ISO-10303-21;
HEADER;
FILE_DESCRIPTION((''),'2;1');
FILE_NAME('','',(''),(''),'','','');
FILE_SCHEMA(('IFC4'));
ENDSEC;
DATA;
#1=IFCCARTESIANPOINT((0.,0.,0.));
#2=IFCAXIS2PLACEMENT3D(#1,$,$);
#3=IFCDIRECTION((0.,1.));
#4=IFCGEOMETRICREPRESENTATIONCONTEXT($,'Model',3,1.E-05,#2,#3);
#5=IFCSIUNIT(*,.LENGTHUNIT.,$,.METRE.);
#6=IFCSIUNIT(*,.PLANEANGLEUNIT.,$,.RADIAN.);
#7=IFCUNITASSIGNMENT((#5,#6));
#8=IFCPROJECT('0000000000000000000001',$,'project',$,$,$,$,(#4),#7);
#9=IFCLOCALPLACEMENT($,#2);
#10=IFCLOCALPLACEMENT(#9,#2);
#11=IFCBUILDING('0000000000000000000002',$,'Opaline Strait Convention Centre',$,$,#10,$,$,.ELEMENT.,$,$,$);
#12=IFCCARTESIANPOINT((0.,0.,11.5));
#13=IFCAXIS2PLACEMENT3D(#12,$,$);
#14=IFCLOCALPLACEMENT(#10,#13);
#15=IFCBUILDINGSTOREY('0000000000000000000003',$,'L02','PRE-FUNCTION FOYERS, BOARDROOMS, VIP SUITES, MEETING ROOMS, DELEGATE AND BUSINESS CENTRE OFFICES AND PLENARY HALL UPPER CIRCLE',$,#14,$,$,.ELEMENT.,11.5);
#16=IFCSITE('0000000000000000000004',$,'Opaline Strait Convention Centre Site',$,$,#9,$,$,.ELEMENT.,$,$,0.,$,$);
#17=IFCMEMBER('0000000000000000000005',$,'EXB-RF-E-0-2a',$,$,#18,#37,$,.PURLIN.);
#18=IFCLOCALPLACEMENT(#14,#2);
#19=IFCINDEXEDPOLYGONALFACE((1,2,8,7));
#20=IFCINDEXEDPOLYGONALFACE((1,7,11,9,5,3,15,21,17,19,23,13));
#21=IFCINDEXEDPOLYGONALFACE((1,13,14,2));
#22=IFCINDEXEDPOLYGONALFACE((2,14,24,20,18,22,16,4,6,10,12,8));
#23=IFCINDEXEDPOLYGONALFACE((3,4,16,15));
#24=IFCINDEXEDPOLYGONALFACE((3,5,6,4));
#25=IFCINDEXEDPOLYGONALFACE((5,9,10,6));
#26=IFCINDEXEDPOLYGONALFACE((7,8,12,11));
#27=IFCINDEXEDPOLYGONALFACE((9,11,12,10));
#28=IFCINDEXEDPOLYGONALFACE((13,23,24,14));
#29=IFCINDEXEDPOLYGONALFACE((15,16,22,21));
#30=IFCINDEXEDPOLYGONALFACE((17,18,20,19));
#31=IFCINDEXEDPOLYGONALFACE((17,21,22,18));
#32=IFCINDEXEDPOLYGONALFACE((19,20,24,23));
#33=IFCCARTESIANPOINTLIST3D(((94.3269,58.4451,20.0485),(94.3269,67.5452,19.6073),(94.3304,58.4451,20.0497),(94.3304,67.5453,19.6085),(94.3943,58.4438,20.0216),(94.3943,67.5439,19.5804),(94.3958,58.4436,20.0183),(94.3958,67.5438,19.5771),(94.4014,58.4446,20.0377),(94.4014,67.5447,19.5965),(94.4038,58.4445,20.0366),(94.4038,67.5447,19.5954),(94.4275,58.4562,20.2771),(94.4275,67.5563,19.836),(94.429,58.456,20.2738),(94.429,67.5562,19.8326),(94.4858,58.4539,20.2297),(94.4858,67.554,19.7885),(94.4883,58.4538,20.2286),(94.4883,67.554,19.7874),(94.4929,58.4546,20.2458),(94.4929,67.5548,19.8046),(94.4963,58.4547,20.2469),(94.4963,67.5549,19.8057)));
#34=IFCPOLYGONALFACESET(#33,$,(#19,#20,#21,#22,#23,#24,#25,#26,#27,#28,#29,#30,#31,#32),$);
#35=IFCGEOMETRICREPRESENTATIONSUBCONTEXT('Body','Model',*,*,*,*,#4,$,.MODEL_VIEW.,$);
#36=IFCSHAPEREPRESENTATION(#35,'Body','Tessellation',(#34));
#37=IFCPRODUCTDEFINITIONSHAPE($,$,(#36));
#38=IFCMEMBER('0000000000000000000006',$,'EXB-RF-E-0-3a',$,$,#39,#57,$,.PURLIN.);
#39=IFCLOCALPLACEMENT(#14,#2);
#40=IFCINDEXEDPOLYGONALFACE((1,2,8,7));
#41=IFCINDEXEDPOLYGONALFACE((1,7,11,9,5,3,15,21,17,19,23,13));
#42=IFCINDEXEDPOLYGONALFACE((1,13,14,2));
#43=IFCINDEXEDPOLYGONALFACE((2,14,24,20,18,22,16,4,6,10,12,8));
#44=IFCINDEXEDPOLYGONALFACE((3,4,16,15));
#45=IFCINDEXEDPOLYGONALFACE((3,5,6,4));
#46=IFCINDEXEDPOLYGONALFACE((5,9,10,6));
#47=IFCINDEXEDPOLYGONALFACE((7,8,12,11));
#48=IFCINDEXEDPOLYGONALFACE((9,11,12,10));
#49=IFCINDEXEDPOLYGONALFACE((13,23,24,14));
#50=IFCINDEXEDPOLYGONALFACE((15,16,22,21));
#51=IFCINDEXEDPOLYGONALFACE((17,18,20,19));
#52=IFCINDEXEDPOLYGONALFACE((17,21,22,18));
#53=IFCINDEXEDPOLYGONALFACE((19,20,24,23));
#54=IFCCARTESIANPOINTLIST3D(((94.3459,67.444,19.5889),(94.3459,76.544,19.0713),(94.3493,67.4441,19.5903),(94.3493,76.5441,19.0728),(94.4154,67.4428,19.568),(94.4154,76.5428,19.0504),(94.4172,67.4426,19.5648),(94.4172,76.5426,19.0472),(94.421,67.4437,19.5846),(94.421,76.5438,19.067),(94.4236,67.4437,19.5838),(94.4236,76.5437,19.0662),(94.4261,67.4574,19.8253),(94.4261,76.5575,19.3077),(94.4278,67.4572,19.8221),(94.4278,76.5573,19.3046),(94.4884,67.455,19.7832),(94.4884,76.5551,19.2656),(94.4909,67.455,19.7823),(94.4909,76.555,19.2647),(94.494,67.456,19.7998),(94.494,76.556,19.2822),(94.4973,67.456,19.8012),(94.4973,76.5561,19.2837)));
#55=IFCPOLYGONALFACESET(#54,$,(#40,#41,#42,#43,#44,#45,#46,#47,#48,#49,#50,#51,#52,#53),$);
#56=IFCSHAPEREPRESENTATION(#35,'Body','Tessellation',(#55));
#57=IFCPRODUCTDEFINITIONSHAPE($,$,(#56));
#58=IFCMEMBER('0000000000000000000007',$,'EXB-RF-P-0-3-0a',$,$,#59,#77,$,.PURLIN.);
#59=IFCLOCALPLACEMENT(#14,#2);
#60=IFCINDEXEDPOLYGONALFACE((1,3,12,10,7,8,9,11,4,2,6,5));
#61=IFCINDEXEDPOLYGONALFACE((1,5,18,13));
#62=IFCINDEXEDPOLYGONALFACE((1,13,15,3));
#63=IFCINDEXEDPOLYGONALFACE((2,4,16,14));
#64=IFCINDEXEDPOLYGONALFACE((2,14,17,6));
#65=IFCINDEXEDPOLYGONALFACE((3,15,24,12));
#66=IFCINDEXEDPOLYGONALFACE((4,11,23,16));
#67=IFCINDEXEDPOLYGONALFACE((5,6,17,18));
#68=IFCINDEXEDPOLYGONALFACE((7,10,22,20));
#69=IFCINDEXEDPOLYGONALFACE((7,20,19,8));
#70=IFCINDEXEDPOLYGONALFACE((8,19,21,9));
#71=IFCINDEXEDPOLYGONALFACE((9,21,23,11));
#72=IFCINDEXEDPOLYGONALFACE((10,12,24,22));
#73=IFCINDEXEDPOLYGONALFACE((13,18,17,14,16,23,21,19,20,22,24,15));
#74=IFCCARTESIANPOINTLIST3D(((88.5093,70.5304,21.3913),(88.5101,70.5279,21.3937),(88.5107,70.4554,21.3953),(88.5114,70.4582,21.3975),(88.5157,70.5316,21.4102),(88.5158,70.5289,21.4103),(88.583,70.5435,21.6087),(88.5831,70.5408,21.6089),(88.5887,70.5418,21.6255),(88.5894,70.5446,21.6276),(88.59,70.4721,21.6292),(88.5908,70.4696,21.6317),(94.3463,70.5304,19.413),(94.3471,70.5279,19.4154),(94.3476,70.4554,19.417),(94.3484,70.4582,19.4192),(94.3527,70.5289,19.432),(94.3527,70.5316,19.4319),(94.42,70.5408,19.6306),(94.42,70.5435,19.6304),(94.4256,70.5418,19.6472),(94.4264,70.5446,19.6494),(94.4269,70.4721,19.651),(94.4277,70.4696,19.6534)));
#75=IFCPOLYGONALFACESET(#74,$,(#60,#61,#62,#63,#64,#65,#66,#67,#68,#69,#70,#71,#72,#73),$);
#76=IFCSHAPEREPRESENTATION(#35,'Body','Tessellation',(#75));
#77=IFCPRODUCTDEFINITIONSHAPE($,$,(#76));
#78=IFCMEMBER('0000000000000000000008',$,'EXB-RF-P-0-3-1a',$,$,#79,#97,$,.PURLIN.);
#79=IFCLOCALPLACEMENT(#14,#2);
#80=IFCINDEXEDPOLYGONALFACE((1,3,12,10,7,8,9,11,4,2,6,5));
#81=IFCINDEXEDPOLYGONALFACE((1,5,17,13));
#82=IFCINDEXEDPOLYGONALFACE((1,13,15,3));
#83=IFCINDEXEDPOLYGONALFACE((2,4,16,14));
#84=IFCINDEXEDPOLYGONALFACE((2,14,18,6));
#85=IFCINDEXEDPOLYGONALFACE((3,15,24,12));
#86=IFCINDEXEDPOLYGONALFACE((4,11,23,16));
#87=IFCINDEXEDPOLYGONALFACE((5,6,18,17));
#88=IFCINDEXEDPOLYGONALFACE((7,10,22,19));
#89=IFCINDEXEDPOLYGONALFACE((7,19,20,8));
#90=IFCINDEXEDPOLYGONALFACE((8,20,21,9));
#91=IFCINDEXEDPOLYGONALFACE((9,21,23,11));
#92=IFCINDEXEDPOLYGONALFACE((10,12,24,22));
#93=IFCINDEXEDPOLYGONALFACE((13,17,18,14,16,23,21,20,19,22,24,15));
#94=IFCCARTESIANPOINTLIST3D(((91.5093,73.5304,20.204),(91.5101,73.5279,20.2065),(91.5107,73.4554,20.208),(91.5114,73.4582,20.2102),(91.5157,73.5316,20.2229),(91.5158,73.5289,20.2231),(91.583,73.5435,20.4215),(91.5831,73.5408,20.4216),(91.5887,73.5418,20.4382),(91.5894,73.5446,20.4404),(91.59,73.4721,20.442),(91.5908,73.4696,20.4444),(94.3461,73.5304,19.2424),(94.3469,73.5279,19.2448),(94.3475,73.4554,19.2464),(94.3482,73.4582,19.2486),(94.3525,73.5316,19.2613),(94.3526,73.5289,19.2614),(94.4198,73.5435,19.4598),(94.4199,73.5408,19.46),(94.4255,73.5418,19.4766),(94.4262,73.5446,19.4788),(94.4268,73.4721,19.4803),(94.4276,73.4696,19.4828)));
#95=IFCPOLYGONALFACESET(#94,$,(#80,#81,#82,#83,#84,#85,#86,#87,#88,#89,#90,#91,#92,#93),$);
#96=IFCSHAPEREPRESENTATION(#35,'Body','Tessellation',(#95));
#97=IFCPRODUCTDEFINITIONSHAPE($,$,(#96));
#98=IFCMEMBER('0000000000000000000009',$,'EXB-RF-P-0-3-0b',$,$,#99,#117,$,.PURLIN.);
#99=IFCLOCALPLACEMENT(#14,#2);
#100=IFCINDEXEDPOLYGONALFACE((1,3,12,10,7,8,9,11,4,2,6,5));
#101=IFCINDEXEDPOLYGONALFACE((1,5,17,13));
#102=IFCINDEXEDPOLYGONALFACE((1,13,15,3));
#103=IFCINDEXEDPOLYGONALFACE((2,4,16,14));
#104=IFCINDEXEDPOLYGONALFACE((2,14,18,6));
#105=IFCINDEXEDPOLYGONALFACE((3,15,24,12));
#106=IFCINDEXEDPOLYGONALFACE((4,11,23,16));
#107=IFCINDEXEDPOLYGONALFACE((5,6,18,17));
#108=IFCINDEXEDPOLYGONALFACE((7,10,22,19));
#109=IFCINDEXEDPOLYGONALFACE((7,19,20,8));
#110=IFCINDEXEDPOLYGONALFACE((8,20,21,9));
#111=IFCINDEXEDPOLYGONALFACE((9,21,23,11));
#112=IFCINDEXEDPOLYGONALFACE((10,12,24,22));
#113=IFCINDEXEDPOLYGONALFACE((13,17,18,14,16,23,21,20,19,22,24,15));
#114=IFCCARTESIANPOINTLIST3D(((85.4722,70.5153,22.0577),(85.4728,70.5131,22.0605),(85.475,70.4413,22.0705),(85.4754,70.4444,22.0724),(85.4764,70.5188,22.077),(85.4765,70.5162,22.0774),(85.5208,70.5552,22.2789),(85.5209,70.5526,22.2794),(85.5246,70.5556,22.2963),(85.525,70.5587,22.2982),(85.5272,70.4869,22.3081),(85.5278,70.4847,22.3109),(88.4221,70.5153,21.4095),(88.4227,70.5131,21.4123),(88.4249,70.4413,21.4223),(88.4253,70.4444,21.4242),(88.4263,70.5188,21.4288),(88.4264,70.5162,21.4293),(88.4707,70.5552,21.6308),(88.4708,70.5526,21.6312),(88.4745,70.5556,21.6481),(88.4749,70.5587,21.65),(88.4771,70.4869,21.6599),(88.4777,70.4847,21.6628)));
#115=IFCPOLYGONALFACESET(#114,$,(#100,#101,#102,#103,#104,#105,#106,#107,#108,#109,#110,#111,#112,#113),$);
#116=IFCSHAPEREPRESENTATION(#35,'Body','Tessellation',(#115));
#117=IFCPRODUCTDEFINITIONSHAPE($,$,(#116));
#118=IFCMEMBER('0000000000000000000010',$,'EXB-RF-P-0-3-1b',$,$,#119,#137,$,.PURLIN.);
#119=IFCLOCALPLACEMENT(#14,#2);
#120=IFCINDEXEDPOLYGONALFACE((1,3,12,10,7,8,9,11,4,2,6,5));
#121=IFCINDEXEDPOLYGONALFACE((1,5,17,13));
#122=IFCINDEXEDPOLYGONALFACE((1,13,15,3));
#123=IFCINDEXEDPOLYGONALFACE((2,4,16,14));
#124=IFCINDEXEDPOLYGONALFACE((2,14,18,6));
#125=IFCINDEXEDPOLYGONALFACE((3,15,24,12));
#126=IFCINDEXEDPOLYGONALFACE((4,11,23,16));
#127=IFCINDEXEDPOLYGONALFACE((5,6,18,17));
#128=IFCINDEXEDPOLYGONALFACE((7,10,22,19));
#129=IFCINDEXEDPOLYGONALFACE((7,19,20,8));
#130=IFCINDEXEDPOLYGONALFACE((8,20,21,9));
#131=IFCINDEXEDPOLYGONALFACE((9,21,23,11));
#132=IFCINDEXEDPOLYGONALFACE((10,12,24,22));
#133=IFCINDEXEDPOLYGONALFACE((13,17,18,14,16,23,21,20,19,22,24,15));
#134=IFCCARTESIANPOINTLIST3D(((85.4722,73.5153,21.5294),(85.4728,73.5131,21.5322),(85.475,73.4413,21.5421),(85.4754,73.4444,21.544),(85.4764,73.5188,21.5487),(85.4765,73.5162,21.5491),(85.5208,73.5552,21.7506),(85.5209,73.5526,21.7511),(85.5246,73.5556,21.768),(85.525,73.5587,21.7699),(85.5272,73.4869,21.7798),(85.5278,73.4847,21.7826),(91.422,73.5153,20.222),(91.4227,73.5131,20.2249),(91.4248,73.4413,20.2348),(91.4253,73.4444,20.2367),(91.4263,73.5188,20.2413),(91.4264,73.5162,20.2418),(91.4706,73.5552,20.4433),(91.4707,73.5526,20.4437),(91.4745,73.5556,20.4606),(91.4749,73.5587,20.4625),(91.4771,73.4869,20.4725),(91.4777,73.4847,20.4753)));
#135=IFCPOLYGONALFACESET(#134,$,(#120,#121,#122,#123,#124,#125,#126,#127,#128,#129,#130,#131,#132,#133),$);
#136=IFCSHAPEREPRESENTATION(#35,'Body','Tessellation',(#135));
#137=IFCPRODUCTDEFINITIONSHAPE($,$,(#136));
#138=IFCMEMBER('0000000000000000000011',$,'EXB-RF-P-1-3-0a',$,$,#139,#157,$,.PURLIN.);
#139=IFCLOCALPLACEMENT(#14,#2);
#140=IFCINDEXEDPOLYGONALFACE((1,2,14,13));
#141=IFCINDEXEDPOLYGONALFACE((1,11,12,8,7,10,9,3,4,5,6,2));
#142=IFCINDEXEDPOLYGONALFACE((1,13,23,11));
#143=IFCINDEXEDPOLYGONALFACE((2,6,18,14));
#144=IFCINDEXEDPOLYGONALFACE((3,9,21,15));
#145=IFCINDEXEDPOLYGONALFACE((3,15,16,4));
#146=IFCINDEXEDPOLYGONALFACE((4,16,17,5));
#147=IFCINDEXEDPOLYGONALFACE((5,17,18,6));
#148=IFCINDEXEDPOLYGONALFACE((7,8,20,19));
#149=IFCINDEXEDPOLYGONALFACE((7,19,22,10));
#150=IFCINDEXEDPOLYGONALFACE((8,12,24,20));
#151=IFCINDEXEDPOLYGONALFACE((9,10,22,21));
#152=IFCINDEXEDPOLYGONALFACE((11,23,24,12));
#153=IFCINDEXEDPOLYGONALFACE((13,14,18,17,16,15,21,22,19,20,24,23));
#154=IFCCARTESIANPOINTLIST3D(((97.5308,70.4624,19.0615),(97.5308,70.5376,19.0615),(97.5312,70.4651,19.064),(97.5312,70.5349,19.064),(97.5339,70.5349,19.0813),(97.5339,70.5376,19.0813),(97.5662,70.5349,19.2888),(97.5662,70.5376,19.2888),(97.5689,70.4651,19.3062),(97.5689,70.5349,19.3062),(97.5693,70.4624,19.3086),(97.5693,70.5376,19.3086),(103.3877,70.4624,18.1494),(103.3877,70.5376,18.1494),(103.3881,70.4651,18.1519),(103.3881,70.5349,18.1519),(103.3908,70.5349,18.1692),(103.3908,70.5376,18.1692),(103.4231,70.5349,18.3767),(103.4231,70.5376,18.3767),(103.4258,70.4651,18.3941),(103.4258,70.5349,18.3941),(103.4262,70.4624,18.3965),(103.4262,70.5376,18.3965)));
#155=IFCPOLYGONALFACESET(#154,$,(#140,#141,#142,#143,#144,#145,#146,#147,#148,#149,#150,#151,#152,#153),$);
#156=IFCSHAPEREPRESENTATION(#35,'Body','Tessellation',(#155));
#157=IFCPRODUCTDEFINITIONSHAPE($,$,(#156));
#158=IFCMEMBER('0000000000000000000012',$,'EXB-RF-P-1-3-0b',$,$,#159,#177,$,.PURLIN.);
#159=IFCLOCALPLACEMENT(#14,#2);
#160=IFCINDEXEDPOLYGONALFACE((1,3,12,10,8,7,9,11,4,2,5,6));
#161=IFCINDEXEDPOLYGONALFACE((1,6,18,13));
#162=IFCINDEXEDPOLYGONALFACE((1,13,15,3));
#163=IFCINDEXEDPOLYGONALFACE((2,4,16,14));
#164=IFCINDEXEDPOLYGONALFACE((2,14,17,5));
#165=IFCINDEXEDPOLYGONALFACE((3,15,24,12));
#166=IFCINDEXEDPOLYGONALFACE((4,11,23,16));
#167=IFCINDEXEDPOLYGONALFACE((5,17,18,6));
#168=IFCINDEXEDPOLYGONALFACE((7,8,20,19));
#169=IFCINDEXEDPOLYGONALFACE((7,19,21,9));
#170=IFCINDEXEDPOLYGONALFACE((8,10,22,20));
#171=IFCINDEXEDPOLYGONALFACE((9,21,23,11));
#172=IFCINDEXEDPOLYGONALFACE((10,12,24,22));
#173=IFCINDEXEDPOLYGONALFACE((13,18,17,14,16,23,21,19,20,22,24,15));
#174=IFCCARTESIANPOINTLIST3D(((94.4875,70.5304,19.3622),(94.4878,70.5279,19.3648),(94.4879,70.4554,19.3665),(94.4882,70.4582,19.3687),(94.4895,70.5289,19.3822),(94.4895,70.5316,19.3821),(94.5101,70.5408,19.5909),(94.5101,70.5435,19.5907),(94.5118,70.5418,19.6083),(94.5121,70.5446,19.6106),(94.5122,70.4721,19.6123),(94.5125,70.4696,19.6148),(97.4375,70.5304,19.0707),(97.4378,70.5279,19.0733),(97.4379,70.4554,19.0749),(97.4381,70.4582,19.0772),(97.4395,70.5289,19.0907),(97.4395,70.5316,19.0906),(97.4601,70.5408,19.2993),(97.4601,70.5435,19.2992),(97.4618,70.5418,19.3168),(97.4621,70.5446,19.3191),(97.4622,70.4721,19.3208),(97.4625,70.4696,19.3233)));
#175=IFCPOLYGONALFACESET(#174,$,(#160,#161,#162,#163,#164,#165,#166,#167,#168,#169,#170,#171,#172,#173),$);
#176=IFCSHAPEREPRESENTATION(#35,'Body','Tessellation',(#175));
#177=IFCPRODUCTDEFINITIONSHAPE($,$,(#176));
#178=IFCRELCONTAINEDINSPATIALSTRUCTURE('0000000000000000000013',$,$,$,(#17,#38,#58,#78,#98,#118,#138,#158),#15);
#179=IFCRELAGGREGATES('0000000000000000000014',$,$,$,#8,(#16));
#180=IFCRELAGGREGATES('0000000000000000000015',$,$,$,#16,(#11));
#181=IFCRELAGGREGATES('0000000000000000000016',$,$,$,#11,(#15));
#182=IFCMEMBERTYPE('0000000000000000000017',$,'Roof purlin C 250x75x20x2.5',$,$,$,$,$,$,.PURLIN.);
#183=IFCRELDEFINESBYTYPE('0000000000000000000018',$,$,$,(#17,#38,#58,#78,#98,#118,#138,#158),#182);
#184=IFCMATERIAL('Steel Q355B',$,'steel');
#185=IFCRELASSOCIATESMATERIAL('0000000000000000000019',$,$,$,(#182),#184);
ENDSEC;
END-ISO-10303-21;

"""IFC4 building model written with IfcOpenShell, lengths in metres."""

from ifc_helpers import new_model, si_unit, direction, frame, origin, place, context, subcontext, project, spatial, polyline, outline, extrude, material, material_profile, profile_set, type_object, element, save


model = new_model("IFC4")

# Units and contexts
model_context = context("Model", 3, precision=1e-05, world=origin(), true_north=direction((0.0, 1.0)))
body_context = subcontext(model_context, "Body", "Model", "MODEL_VIEW")
ifc_project = project(units=[si_unit("LENGTHUNIT", "METRE"), si_unit("PLANEANGLEUNIT", "RADIAN")], contexts=[model_context])

# Site, building, storey
site_placement = place(None, origin())
site = spatial("IfcSite", under=ifc_project, at=site_placement, Name="Opaline Strait Convention Centre Site", CompositionType="ELEMENT", RefElevation=0.0)
building_placement = place(site_placement, origin())
building = spatial("IfcBuilding", under=site, at=building_placement, Name="Opaline Strait Convention Centre", CompositionType="ELEMENT")
storey_placement = place(building_placement, frame((0.0, 0.0, 11.5)))
storey = spatial("IfcBuildingStorey", under=building, at=storey_placement, Name="L02", Description="PRE-FUNCTION FOYERS, BOARDROOMS, VIP SUITES, MEETING ROOMS, DELEGATE AND BUSINESS CENTRE OFFICES AND PLENARY HALL UPPER CIRCLE", CompositionType="ELEMENT", Elevation=11.5)

# Members
ifc_material_1 = material(Name="Steel Q355B", Category="steel")
ifc_material_profile_1 = material_profile(ifc_material_1, outline(polyline([(-0.0376, -0.125), (0.0376, -0.125), (0.0376, -0.105), (0.0349, -0.105), (0.0349, -0.1226), (-0.0349, -0.1226), (-0.0349, 0.1226), (0.0349, 0.1226), (0.0349, 0.105), (0.0376, 0.105), (0.0376, 0.125), (-0.0376, 0.125), (-0.0376, -0.125)])), Name="C 250x75x20x2.5")
ifc_profile_set_1 = profile_set([ifc_material_profile_1], Name="Steel Q355B")
member_type_1 = type_object("IfcMemberType", Name="Roof purlin C 250x75x20x2.5", PredefinedType="PURLIN", material=ifc_profile_set_1)
member_1_placement = place(storey_placement, frame((94.4116, 67.55, 19.7065), z_axis=(0.0, -0.998827, 0.048422), x_axis=(0.915533, -0.019477, -0.401772)))
element("IfcMember", 1, at=member_1_placement, inside=storey, type_object=member_type_1, Name="EXB-RF-E-0-2a", PredefinedType="PURLIN", context=body_context, shape_type="SweptSolid", body=[
    extrude(outline(polyline([(-0.0376, -0.125), (0.0376, -0.125), (0.0376, -0.105), (0.0349, -0.105), (0.0349, -0.1226), (-0.0349, -0.1226), (-0.0349, 0.1226), (0.0349, 0.1226), (0.0349, 0.105), (0.0376, 0.105), (0.0376, 0.125), (-0.0376, 0.125), (-0.0376, -0.125)])), origin(), (0.0, 0.0, 1.0), 9.1108),
])
member_2_placement = place(storey_placement, frame((94.4216, 76.55, 19.1775), z_axis=(0.0, -0.998386, 0.056784), x_axis=(0.947232, -0.018202, -0.320033)))
element("IfcMember", 2, at=member_2_placement, inside=storey, type_object=member_type_1, Name="EXB-RF-E-0-3a", PredefinedType="PURLIN", context=body_context, shape_type="SweptSolid", body=[
    extrude(outline(polyline([(-0.0376, -0.125), (0.0376, -0.125), (0.0376, -0.105), (0.0349, -0.105), (0.0349, -0.1226), (-0.0349, -0.1226), (-0.0349, 0.1226), (0.0349, 0.1226), (0.0349, 0.105), (0.0376, 0.105), (0.0376, 0.125), (-0.0376, 0.125), (-0.0376, -0.125)])), origin(), (0.0, 0.0, 1.0), 9.1147),
])
member_3_placement = place(storey_placement, frame((88.55, 70.5, 21.5115), z_axis=(0.947083, 0.0, -0.320989), x_axis=(-0.018222, 0.998387, -0.053765)))
element("IfcMember", 3, at=member_3_placement, inside=storey, type_object=member_type_1, Name="EXB-RF-P-0-3-0a", PredefinedType="PURLIN", context=body_context, shape_type="SweptSolid", body=[
    extrude(outline(polyline([(-0.0376, -0.125), (0.0376, -0.125), (0.0376, -0.105), (0.0349, -0.105), (0.0349, -0.1226), (-0.0349, -0.1226), (-0.0349, 0.1226), (0.0349, 0.1226), (0.0349, 0.105), (0.0376, 0.105), (0.0376, 0.125), (-0.0376, 0.125), (-0.0376, -0.125)])), origin(), (0.0, 0.0, 1.0), 6.1631),
])
member_4_placement = place(storey_placement, frame((91.55, 73.5, 20.3242), z_axis=(0.947065, 0.0, -0.321041), x_axis=(-0.018225, 0.998387, -0.053764)))
element("IfcMember", 4, at=member_4_placement, inside=storey, type_object=member_type_1, Name="EXB-RF-P-0-3-1a", PredefinedType="PURLIN", context=body_context, shape_type="SweptSolid", body=[
    extrude(outline(polyline([(-0.0376, -0.125), (0.0376, -0.125), (0.0376, -0.105), (0.0349, -0.105), (0.0349, -0.1226), (-0.0349, -0.1226), (-0.0349, 0.1226), (0.0349, 0.1226), (0.0349, 0.105), (0.0376, 0.105), (0.0376, 0.125), (-0.0376, 0.125), (-0.0376, -0.125)])), origin(), (0.0, 0.0, 1.0), 2.9954),
])
member_5_placement = place(storey_placement, frame((85.5, 70.5, 22.1843), z_axis=(0.9767, 0.0, -0.21461), x_axis=(-0.037219, 0.984847, -0.169384)))
element("IfcMember", 5, at=member_5_placement, inside=storey, type_object=member_type_1, Name="EXB-RF-P-0-3-0b", PredefinedType="PURLIN", context=body_context, shape_type="SweptSolid", body=[
    extrude(outline(polyline([(-0.0376, -0.125), (0.0376, -0.125), (0.0376, -0.105), (0.0349, -0.105), (0.0349, -0.1226), (-0.0349, -0.1226), (-0.0349, 0.1226), (0.0349, 0.1226), (0.0349, 0.105), (0.0376, 0.105), (0.0376, 0.125), (-0.0376, 0.125), (-0.0376, -0.125)])), origin(), (0.0, 0.0, 1.0), 3.0203),
])
member_6_placement = place(storey_placement, frame((85.5, 73.5, 21.656), z_axis=(0.9767, 0.0, -0.214609), x_axis=(-0.037218, 0.984847, -0.169384)))
element("IfcMember", 6, at=member_6_placement, inside=storey, type_object=member_type_1, Name="EXB-RF-P-0-3-1b", PredefinedType="PURLIN", context=body_context, shape_type="SweptSolid", body=[
    extrude(outline(polyline([(-0.0376, -0.125), (0.0376, -0.125), (0.0376, -0.105), (0.0349, -0.105), (0.0349, -0.1226), (-0.0349, -0.1226), (-0.0349, 0.1226), (0.0349, 0.1226), (0.0349, 0.105), (0.0376, 0.105), (0.0376, 0.125), (-0.0376, 0.125), (-0.0376, -0.125)])), origin(), (0.0, 0.0, 1.0), 6.0918),
])
member_7_placement = place(storey_placement, frame((97.55, 70.5, 19.1851), z_axis=(0.98809, 0.0, -0.153877), x_axis=(0.0, 1.0, 0.0)))
element("IfcMember", 7, at=member_7_placement, inside=storey, type_object=member_type_1, Name="EXB-RF-P-1-3-0a", PredefinedType="PURLIN", context=body_context, shape_type="SweptSolid", body=[
    extrude(outline(polyline([(-0.0376, -0.125), (0.0376, -0.125), (0.0376, -0.105), (0.0349, -0.105), (0.0349, -0.1226), (-0.0349, -0.1226), (-0.0349, 0.1226), (0.0349, 0.1226), (0.0349, 0.105), (0.0376, 0.105), (0.0376, 0.125), (-0.0376, 0.125), (-0.0376, -0.125)])), origin(), (0.0, 0.0, 1.0), 5.9275),
])
member_8_placement = place(storey_placement, frame((94.5, 70.5, 19.4885), z_axis=(0.995153, 0.0, -0.098338), x_axis=(-0.005583, 0.998387, -0.056494)))
element("IfcMember", 8, at=member_8_placement, inside=storey, type_object=member_type_1, Name="EXB-RF-P-1-3-0b", PredefinedType="PURLIN", context=body_context, shape_type="SweptSolid", body=[
    extrude(outline(polyline([(-0.0376, -0.125), (0.0376, -0.125), (0.0376, -0.105), (0.0349, -0.105), (0.0349, -0.1226), (-0.0349, -0.1226), (-0.0349, 0.1226), (0.0349, 0.1226), (0.0349, 0.105), (0.0376, 0.105), (0.0376, 0.125), (-0.0376, 0.125), (-0.0376, -0.125)])), origin(), (0.0, 0.0, 1.0), 2.9644),
])

save(model, "model.ifc")
